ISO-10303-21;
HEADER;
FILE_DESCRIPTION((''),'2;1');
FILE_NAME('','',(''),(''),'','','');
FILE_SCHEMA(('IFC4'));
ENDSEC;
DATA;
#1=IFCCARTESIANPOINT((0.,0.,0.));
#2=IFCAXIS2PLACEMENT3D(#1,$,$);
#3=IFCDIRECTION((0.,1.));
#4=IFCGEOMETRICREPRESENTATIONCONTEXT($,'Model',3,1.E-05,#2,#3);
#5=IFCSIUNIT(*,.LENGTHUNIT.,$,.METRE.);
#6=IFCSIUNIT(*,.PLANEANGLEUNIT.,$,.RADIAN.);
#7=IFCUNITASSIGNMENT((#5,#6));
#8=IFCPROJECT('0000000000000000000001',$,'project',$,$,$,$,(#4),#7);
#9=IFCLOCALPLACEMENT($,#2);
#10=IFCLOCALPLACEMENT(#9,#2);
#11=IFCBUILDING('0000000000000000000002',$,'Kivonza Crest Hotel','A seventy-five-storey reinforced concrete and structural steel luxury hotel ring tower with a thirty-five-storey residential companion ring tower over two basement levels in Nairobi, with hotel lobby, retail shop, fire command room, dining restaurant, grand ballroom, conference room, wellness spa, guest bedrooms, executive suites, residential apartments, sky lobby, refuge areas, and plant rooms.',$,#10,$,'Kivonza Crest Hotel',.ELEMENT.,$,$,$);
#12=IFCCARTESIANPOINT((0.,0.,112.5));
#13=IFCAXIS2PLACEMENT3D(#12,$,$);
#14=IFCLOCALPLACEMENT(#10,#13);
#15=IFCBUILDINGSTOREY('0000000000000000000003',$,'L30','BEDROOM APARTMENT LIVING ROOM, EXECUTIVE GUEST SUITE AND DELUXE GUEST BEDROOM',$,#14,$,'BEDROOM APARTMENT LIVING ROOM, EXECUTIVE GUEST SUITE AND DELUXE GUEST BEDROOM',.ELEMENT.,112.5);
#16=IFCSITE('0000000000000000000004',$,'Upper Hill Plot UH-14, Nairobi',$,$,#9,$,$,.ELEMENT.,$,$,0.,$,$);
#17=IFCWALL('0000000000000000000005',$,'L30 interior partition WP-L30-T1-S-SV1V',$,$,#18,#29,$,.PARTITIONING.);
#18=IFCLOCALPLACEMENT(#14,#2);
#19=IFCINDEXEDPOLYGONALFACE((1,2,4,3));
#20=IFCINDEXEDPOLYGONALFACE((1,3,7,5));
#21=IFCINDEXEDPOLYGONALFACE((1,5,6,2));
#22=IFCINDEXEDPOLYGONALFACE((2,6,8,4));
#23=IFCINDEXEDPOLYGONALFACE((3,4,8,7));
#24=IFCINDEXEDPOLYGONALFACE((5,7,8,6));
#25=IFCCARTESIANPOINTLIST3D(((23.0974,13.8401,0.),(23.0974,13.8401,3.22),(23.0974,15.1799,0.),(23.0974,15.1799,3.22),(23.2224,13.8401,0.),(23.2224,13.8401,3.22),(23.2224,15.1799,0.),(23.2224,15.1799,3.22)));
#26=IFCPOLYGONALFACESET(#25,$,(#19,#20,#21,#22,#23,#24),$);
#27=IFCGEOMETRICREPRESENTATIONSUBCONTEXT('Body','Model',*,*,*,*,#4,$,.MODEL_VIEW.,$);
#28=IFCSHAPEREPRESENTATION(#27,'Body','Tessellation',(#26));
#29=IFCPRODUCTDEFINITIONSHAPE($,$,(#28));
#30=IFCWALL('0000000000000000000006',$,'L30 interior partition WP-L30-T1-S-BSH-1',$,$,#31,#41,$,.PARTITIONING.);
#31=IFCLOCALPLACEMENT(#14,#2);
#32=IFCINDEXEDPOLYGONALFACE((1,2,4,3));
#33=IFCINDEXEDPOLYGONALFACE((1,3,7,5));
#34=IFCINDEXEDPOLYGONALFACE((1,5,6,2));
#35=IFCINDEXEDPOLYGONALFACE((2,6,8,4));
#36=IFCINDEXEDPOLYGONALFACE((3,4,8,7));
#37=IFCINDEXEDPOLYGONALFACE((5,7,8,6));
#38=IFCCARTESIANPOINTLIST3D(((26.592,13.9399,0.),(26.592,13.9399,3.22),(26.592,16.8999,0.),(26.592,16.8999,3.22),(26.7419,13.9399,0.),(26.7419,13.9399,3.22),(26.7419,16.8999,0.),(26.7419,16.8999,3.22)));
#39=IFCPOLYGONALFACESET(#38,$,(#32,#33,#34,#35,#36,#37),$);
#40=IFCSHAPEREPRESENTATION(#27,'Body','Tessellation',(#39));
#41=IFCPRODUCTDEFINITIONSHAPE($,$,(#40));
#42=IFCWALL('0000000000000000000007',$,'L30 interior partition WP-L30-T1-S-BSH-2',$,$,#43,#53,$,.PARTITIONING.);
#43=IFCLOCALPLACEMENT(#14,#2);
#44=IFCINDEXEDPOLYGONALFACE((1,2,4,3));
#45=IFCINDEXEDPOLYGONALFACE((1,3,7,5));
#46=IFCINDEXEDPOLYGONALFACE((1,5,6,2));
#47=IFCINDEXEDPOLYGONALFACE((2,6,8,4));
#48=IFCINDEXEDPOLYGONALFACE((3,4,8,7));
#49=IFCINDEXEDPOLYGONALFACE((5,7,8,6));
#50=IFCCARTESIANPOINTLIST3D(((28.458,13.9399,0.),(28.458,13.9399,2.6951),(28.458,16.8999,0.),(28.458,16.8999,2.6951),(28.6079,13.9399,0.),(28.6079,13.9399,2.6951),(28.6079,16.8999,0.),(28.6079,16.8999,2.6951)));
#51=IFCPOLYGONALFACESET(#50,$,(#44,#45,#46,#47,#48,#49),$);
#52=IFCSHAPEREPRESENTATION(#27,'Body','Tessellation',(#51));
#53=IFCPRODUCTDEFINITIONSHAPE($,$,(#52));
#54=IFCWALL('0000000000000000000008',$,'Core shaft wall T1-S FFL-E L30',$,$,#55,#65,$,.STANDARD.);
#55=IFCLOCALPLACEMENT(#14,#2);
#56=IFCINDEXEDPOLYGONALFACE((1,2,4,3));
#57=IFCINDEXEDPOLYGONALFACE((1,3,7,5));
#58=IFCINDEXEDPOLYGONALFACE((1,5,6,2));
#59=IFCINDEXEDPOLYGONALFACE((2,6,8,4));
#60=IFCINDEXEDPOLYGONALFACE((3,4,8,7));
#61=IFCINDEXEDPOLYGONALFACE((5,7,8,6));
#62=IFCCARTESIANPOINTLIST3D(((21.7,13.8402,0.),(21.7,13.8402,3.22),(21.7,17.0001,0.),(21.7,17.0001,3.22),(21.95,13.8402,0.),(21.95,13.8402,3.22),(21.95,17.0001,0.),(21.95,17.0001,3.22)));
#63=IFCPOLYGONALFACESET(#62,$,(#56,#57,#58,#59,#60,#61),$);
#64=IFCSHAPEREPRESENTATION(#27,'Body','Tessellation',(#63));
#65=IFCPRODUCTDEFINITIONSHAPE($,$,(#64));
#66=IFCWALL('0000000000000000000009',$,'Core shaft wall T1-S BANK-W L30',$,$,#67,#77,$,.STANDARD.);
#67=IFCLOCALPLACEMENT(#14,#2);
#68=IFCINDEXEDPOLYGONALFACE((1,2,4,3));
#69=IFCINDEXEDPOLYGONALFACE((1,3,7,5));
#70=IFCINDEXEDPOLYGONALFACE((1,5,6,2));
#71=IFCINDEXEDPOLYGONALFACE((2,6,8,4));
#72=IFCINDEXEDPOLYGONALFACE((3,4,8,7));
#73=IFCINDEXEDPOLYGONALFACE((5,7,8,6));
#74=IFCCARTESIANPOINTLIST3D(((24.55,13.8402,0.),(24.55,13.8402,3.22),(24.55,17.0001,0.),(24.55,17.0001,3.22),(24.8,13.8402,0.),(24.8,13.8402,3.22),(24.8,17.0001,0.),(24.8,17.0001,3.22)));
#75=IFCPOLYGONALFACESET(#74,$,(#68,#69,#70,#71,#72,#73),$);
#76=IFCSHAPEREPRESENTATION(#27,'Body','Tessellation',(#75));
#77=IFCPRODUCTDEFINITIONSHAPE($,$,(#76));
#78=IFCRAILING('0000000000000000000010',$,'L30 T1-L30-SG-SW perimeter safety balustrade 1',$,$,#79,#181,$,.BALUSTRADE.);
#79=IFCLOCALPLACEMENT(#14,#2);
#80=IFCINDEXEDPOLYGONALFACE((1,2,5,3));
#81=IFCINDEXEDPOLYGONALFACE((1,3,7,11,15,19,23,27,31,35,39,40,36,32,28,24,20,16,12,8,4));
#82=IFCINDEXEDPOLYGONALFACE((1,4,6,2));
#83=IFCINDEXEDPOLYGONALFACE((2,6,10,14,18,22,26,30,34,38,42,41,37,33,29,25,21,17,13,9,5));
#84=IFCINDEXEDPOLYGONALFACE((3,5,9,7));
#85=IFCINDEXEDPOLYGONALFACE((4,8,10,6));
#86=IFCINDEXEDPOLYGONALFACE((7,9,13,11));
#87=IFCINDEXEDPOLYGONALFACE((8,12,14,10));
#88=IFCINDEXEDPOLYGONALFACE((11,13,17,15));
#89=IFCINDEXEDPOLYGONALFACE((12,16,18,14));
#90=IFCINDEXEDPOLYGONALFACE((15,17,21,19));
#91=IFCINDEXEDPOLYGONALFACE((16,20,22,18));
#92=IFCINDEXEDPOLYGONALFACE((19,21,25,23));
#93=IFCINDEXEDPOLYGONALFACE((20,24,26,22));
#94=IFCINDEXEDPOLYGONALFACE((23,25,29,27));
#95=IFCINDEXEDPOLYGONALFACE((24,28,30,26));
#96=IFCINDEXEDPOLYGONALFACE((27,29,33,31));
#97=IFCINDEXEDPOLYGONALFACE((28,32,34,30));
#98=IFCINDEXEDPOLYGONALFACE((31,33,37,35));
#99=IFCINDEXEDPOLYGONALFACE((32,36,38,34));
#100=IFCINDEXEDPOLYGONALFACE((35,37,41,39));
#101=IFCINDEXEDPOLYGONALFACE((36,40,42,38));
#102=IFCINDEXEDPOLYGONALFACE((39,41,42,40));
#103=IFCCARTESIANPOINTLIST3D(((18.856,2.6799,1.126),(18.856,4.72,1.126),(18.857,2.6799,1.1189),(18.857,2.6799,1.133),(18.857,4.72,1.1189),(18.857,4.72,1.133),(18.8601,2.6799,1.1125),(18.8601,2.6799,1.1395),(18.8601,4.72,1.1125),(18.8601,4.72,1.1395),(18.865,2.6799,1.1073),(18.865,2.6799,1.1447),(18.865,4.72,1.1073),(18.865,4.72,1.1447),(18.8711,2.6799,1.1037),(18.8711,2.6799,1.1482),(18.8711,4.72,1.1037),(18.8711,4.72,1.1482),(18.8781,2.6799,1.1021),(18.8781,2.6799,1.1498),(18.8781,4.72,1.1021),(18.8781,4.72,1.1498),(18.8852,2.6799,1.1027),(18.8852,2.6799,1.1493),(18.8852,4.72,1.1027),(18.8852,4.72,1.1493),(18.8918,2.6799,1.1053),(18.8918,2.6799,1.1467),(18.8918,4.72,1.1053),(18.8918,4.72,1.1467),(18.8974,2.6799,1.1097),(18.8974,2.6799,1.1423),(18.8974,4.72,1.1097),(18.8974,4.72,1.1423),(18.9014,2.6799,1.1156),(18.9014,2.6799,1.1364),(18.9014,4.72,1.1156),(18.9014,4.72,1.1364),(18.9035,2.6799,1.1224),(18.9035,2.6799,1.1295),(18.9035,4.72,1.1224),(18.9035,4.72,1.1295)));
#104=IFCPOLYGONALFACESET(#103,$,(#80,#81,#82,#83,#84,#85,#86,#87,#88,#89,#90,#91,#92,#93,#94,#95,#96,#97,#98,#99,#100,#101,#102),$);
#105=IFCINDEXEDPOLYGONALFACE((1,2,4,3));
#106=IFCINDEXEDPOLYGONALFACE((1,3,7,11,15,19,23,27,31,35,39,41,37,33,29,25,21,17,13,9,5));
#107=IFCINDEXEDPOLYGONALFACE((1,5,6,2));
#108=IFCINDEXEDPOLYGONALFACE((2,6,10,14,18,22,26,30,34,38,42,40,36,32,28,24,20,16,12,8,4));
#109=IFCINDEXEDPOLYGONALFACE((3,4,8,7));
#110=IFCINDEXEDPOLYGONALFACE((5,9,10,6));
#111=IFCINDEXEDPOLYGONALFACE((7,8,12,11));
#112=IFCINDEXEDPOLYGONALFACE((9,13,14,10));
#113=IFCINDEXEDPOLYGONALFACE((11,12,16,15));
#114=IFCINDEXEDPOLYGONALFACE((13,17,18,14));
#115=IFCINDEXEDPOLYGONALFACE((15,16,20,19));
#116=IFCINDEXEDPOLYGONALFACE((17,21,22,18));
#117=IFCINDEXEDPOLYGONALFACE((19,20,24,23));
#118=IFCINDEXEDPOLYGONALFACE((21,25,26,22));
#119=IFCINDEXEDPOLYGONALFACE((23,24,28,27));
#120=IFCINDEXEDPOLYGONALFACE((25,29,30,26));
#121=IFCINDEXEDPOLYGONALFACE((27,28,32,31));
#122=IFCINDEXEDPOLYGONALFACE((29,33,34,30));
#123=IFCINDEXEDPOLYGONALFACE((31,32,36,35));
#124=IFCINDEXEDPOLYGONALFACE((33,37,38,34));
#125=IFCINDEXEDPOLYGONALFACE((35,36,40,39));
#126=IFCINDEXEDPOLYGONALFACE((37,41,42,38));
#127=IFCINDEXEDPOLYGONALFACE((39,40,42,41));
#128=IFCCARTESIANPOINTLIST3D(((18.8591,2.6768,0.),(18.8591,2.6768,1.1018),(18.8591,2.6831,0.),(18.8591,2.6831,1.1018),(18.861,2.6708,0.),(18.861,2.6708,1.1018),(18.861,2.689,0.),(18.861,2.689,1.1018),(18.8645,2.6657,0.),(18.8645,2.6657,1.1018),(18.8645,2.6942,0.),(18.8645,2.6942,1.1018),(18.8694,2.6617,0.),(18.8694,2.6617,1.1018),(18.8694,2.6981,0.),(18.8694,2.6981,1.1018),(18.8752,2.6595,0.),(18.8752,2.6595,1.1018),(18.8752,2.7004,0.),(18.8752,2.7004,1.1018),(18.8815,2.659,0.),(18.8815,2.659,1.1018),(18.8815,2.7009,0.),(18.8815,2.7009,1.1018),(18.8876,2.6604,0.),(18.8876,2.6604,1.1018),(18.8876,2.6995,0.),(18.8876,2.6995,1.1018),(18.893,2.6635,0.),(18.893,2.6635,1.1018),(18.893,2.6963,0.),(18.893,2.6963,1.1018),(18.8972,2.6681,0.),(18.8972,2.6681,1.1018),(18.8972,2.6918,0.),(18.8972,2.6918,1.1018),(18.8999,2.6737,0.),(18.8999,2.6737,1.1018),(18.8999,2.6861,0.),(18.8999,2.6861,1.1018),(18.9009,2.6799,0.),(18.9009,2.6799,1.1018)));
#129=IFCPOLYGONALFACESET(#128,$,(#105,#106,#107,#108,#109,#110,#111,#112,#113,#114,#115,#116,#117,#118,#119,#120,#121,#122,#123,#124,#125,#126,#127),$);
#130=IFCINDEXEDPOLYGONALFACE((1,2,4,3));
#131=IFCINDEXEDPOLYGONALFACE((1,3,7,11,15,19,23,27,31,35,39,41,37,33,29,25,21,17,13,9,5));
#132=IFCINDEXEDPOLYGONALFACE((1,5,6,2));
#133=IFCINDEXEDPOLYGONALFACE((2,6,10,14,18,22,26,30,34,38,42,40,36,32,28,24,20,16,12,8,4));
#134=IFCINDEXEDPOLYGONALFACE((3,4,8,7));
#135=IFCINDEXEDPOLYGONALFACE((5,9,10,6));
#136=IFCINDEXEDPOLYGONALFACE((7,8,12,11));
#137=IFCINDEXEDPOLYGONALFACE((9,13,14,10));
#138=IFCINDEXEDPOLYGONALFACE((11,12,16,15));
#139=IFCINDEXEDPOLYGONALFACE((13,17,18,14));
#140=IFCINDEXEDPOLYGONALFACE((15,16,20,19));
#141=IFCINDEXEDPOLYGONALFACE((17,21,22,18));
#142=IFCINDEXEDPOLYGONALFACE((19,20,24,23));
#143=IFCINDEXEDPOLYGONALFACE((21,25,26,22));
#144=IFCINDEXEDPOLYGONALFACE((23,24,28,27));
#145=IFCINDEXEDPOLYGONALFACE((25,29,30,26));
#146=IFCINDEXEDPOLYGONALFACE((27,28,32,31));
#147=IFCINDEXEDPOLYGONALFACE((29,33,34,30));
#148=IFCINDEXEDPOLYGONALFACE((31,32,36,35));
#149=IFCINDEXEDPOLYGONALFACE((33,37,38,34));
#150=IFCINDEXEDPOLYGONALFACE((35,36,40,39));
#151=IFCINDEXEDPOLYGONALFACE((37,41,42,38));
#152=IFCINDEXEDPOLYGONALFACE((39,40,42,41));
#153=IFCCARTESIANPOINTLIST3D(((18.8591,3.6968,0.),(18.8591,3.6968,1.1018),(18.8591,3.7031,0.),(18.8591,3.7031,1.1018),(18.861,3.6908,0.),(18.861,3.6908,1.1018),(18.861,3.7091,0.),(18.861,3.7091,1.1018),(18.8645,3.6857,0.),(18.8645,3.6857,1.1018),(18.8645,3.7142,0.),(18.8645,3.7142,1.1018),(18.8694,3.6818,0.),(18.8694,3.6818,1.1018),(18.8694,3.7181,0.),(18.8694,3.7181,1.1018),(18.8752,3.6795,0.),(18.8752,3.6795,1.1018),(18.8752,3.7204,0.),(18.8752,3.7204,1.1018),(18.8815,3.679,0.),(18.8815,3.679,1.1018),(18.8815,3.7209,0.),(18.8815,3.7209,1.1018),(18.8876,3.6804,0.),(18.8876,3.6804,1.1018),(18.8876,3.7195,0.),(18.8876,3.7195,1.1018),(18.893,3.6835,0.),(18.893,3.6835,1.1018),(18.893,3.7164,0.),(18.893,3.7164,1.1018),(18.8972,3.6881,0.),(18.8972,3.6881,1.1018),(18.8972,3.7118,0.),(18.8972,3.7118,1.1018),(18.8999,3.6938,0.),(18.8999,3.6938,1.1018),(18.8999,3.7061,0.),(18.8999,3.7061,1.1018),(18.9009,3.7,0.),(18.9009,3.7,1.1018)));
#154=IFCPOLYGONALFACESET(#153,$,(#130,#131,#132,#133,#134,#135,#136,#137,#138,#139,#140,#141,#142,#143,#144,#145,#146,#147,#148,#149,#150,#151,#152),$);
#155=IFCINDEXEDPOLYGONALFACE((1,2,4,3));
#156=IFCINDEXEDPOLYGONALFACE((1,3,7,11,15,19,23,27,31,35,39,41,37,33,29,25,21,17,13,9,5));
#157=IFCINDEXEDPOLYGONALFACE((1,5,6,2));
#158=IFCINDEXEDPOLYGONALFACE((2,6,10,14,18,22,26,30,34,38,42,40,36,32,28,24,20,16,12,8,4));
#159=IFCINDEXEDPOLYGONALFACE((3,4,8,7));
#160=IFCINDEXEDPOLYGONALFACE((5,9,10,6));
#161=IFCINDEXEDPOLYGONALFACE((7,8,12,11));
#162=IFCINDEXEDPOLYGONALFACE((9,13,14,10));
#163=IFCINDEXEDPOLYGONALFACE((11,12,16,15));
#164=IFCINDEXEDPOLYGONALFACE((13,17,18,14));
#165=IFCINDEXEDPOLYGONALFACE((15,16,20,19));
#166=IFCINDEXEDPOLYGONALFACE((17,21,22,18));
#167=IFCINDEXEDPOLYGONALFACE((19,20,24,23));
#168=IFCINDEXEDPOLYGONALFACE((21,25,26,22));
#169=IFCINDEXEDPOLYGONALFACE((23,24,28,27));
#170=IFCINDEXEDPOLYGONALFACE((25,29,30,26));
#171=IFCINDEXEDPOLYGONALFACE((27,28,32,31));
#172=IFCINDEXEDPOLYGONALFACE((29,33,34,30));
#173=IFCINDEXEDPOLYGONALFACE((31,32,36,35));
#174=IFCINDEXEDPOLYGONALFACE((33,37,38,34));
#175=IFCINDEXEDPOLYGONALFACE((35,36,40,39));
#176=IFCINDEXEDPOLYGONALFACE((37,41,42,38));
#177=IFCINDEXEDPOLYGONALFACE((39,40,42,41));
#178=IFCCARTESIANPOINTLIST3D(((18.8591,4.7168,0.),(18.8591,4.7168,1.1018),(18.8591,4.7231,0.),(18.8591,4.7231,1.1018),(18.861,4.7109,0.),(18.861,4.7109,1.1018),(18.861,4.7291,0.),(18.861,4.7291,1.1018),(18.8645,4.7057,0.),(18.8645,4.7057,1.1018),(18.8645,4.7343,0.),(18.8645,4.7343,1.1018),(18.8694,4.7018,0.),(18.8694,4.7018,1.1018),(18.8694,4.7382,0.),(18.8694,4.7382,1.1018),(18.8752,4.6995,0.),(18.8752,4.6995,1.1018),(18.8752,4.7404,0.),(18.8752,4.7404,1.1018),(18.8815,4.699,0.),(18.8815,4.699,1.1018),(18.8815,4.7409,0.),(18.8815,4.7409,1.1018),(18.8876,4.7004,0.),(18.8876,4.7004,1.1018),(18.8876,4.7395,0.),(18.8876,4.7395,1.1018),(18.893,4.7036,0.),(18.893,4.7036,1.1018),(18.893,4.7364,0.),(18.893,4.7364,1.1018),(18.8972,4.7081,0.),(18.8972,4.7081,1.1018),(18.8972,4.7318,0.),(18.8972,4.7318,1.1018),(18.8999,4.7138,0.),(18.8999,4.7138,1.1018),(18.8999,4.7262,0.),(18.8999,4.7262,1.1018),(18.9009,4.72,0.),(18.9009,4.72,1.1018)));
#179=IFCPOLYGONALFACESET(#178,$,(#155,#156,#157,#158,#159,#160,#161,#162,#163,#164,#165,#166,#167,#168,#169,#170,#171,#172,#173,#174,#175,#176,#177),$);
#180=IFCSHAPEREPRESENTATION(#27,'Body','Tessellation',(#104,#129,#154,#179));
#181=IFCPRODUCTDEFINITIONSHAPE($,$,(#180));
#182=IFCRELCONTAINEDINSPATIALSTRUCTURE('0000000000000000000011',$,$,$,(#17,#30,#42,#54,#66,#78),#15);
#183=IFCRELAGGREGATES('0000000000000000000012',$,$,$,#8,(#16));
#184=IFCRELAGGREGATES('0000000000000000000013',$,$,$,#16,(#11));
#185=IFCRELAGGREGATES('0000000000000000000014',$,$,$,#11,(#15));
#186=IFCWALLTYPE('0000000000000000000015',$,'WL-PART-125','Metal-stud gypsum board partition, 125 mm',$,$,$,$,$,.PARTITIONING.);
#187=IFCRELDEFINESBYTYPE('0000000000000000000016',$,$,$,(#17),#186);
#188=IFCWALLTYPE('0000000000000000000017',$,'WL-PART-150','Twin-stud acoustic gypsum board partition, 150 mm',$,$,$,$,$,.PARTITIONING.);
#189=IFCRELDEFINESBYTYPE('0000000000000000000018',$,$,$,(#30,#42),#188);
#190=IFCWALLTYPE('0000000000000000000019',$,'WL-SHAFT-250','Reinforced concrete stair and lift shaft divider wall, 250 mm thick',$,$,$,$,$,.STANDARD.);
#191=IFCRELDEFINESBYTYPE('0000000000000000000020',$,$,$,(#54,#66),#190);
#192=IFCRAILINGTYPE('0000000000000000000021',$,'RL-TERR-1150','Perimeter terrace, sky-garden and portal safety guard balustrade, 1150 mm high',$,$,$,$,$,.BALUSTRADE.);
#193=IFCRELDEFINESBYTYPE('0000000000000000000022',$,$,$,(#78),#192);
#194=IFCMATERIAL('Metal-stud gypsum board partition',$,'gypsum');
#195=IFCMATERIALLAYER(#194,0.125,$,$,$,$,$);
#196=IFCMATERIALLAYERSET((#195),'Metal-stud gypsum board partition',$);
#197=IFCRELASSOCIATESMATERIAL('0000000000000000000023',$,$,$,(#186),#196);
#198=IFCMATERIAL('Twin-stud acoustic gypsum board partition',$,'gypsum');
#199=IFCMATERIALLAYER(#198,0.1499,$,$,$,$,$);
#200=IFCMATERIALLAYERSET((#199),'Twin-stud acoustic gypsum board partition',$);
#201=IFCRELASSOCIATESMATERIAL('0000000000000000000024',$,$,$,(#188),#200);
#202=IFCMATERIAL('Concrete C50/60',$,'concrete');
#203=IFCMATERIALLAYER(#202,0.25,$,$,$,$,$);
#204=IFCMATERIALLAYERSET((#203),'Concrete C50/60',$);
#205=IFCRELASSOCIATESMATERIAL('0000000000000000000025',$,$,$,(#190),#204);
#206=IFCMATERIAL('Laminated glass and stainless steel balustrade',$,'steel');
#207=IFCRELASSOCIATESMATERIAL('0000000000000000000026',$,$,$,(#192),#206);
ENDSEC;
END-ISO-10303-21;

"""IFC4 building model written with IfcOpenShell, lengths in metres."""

from ifc_helpers import new_model, si_unit, direction, frame, frame_2d, origin, origin_2d, place, context, subcontext, project, spatial, rectangle, circle, extrude, material, layer, layer_set, type_object, element, save


model = new_model("IFC4")

# Units and contexts
model_context = context("Model", 3, precision=1e-05, world=origin(), true_north=direction((0.0, 1.0)))
body_context = subcontext(model_context, "Body", "Model", "MODEL_VIEW")
ifc_project = project(units=[si_unit("LENGTHUNIT", "METRE"), si_unit("PLANEANGLEUNIT", "RADIAN")], contexts=[model_context])

# Site, building, storey
site_placement = place(None, origin())
site = spatial("IfcSite", under=ifc_project, at=site_placement, Name="Upper Hill Plot UH-14, Nairobi", CompositionType="ELEMENT", RefElevation=0.0)
building_placement = place(site_placement, origin())
building = spatial("IfcBuilding", under=site, at=building_placement, Name="Kivonza Crest Hotel", Description="A seventy-five-storey reinforced concrete and structural steel luxury hotel ring tower with a thirty-five-storey residential companion ring tower over two basement levels in Nairobi, with hotel lobby, retail shop, fire command room, dining restaurant, grand ballroom, conference room, wellness spa, guest bedrooms, executive suites, residential apartments, sky lobby, refuge areas, and plant rooms.", LongName="Kivonza Crest Hotel", CompositionType="ELEMENT")
storey_placement = place(building_placement, frame((0.0, 0.0, 112.5)))
storey = spatial("IfcBuildingStorey", under=building, at=storey_placement, Name="L30", Description="BEDROOM APARTMENT LIVING ROOM, EXECUTIVE GUEST SUITE AND DELUXE GUEST BEDROOM", LongName="BEDROOM APARTMENT LIVING ROOM, EXECUTIVE GUEST SUITE AND DELUXE GUEST BEDROOM", CompositionType="ELEMENT", Elevation=112.5)

# Shared definitions
ifc_material_1 = material(Name="Concrete C50/60", Category="concrete")

# Walls
ifc_material_2 = material(Name="Metal-stud gypsum board partition", Category="gypsum")
ifc_layer_1 = layer(ifc_material_2, 0.125)
ifc_layer_set_1 = layer_set([ifc_layer_1], Name="Metal-stud gypsum board partition")
wall_type_1 = type_object("IfcWallType", Name="WL-PART-125", Description="Metal-stud gypsum board partition, 125 mm", PredefinedType="PARTITIONING", material=ifc_layer_set_1)
wall_1_placement = place(storey_placement, frame((23.1599, 13.8401, 0.0), z_axis=(0.0, 0.0, 1.0), x_axis=(0.0, 1.0, 0.0)))
element("IfcWall", 1, at=wall_1_placement, inside=storey, type_object=wall_type_1, Name="L30 interior partition WP-L30-T1-S-SV1V", PredefinedType="PARTITIONING", context=body_context, shape_type="SweptSolid", body=[
    extrude(rectangle(XDim=1.3398, YDim=0.125, at=frame_2d((0.6699, 0.0))), origin(), (0.0, 0.0, 1.0), 3.22),
])
ifc_material_3 = material(Name="Twin-stud acoustic gypsum board partition", Category="gypsum")
ifc_layer_2 = layer(ifc_material_3, 0.1499)
ifc_layer_set_2 = layer_set([ifc_layer_2], Name="Twin-stud acoustic gypsum board partition")
wall_type_2 = type_object("IfcWallType", Name="WL-PART-150", Description="Twin-stud acoustic gypsum board partition, 150 mm", PredefinedType="PARTITIONING", material=ifc_layer_set_2)
wall_2_placement = place(storey_placement, frame((26.667, 13.9399, 0.0), z_axis=(0.0, 0.0, 1.0), x_axis=(0.0, 1.0, 0.0)))
element("IfcWall", 2, at=wall_2_placement, inside=storey, type_object=wall_type_2, Name="L30 interior partition WP-L30-T1-S-BSH-1", PredefinedType="PARTITIONING", context=body_context, shape_type="SweptSolid", body=[
    extrude(rectangle(XDim=2.96, YDim=0.1499, at=frame_2d((1.48, 0.0))), origin(), (0.0, 0.0, 1.0), 3.22),
])
wall_3_placement = place(storey_placement, frame((28.533, 13.9399, 0.0), z_axis=(0.0, 0.0, 1.0), x_axis=(0.0, 1.0, 0.0)))
element("IfcWall", 3, at=wall_3_placement, inside=storey, type_object=wall_type_2, Name="L30 interior partition WP-L30-T1-S-BSH-2", PredefinedType="PARTITIONING", context=body_context, shape_type="SweptSolid", body=[
    extrude(rectangle(XDim=2.96, YDim=0.1499, at=frame_2d((1.48, 0.0))), origin(), (0.0, 0.0, 1.0), 2.6951),
])

# Shared definitions
ifc_layer_3 = layer(ifc_material_1, 0.25)
ifc_layer_set_3 = layer_set([ifc_layer_3], Name="Concrete C50/60")
wall_type_3 = type_object("IfcWallType", Name="WL-SHAFT-250", Description="Reinforced concrete stair and lift shaft divider wall, 250 mm thick", PredefinedType="STANDARD", material=ifc_layer_set_3)

# Walls
for number, where, z_axis, x_axis, name in (
    (4, (21.825, 13.8401, 0.0), (0.0, 0.0, 1.0), (0.0, 1.0, 0.0), "Core shaft wall T1-S FFL-E L30"),
    (5, (24.675, 13.8401, 0.0), (0.0, 0.0, 1.0), (0.0, 1.0, 0.0), "Core shaft wall T1-S BANK-W L30"),
):
    element("IfcWall", number, at=place(storey_placement, frame(where, z_axis=z_axis, x_axis=x_axis)), inside=storey, type_object=wall_type_3, Name=name, PredefinedType="STANDARD", context=body_context, shape_type="SweptSolid", body=[
        extrude(rectangle(XDim=3.1599, YDim=0.25, at=frame_2d((1.5801, 0.0))), origin(), (0.0, 0.0, 1.0), 3.22),
    ])

# Railing
ifc_material_4 = material(Name="Laminated glass and stainless steel balustrade", Category="steel")
railing_type = type_object("IfcRailingType", Name="RL-TERR-1150", Description="Perimeter terrace, sky-garden and portal safety guard balustrade, 1150 mm high", PredefinedType="BALUSTRADE", material=ifc_material_4)
railing_1_placement = place(storey_placement, frame((18.8799, 2.6799, 0.0)))
element("IfcRailing", 6, at=railing_1_placement, inside=storey, type_object=railing_type, Name="L30 T1-L30-SG-SW perimeter safety balustrade 1", PredefinedType="BALUSTRADE", context=body_context, shape_type="SweptSolid", body=[
    extrude(circle(Radius=0.0239, at=origin_2d()), frame((0.0, 0.0, 1.126), z_axis=(0.0, 1.0, 0.0), x_axis=(-1.0, 0.0, 0.0)), (0.0, 0.0, 1.0), 2.04),
    extrude(circle(Radius=0.021, at=origin_2d()), origin(), (0.0, 0.0, 1.0), 1.1018),
    extrude(circle(Radius=0.021, at=origin_2d()), frame((0.0, 1.02, 0.0)), (0.0, 0.0, 1.0), 1.1018),
    extrude(circle(Radius=0.021, at=origin_2d()), frame((0.0, 2.04, 0.0)), (0.0, 0.0, 1.0), 1.1018),
])

save(model, "model.ifc")
